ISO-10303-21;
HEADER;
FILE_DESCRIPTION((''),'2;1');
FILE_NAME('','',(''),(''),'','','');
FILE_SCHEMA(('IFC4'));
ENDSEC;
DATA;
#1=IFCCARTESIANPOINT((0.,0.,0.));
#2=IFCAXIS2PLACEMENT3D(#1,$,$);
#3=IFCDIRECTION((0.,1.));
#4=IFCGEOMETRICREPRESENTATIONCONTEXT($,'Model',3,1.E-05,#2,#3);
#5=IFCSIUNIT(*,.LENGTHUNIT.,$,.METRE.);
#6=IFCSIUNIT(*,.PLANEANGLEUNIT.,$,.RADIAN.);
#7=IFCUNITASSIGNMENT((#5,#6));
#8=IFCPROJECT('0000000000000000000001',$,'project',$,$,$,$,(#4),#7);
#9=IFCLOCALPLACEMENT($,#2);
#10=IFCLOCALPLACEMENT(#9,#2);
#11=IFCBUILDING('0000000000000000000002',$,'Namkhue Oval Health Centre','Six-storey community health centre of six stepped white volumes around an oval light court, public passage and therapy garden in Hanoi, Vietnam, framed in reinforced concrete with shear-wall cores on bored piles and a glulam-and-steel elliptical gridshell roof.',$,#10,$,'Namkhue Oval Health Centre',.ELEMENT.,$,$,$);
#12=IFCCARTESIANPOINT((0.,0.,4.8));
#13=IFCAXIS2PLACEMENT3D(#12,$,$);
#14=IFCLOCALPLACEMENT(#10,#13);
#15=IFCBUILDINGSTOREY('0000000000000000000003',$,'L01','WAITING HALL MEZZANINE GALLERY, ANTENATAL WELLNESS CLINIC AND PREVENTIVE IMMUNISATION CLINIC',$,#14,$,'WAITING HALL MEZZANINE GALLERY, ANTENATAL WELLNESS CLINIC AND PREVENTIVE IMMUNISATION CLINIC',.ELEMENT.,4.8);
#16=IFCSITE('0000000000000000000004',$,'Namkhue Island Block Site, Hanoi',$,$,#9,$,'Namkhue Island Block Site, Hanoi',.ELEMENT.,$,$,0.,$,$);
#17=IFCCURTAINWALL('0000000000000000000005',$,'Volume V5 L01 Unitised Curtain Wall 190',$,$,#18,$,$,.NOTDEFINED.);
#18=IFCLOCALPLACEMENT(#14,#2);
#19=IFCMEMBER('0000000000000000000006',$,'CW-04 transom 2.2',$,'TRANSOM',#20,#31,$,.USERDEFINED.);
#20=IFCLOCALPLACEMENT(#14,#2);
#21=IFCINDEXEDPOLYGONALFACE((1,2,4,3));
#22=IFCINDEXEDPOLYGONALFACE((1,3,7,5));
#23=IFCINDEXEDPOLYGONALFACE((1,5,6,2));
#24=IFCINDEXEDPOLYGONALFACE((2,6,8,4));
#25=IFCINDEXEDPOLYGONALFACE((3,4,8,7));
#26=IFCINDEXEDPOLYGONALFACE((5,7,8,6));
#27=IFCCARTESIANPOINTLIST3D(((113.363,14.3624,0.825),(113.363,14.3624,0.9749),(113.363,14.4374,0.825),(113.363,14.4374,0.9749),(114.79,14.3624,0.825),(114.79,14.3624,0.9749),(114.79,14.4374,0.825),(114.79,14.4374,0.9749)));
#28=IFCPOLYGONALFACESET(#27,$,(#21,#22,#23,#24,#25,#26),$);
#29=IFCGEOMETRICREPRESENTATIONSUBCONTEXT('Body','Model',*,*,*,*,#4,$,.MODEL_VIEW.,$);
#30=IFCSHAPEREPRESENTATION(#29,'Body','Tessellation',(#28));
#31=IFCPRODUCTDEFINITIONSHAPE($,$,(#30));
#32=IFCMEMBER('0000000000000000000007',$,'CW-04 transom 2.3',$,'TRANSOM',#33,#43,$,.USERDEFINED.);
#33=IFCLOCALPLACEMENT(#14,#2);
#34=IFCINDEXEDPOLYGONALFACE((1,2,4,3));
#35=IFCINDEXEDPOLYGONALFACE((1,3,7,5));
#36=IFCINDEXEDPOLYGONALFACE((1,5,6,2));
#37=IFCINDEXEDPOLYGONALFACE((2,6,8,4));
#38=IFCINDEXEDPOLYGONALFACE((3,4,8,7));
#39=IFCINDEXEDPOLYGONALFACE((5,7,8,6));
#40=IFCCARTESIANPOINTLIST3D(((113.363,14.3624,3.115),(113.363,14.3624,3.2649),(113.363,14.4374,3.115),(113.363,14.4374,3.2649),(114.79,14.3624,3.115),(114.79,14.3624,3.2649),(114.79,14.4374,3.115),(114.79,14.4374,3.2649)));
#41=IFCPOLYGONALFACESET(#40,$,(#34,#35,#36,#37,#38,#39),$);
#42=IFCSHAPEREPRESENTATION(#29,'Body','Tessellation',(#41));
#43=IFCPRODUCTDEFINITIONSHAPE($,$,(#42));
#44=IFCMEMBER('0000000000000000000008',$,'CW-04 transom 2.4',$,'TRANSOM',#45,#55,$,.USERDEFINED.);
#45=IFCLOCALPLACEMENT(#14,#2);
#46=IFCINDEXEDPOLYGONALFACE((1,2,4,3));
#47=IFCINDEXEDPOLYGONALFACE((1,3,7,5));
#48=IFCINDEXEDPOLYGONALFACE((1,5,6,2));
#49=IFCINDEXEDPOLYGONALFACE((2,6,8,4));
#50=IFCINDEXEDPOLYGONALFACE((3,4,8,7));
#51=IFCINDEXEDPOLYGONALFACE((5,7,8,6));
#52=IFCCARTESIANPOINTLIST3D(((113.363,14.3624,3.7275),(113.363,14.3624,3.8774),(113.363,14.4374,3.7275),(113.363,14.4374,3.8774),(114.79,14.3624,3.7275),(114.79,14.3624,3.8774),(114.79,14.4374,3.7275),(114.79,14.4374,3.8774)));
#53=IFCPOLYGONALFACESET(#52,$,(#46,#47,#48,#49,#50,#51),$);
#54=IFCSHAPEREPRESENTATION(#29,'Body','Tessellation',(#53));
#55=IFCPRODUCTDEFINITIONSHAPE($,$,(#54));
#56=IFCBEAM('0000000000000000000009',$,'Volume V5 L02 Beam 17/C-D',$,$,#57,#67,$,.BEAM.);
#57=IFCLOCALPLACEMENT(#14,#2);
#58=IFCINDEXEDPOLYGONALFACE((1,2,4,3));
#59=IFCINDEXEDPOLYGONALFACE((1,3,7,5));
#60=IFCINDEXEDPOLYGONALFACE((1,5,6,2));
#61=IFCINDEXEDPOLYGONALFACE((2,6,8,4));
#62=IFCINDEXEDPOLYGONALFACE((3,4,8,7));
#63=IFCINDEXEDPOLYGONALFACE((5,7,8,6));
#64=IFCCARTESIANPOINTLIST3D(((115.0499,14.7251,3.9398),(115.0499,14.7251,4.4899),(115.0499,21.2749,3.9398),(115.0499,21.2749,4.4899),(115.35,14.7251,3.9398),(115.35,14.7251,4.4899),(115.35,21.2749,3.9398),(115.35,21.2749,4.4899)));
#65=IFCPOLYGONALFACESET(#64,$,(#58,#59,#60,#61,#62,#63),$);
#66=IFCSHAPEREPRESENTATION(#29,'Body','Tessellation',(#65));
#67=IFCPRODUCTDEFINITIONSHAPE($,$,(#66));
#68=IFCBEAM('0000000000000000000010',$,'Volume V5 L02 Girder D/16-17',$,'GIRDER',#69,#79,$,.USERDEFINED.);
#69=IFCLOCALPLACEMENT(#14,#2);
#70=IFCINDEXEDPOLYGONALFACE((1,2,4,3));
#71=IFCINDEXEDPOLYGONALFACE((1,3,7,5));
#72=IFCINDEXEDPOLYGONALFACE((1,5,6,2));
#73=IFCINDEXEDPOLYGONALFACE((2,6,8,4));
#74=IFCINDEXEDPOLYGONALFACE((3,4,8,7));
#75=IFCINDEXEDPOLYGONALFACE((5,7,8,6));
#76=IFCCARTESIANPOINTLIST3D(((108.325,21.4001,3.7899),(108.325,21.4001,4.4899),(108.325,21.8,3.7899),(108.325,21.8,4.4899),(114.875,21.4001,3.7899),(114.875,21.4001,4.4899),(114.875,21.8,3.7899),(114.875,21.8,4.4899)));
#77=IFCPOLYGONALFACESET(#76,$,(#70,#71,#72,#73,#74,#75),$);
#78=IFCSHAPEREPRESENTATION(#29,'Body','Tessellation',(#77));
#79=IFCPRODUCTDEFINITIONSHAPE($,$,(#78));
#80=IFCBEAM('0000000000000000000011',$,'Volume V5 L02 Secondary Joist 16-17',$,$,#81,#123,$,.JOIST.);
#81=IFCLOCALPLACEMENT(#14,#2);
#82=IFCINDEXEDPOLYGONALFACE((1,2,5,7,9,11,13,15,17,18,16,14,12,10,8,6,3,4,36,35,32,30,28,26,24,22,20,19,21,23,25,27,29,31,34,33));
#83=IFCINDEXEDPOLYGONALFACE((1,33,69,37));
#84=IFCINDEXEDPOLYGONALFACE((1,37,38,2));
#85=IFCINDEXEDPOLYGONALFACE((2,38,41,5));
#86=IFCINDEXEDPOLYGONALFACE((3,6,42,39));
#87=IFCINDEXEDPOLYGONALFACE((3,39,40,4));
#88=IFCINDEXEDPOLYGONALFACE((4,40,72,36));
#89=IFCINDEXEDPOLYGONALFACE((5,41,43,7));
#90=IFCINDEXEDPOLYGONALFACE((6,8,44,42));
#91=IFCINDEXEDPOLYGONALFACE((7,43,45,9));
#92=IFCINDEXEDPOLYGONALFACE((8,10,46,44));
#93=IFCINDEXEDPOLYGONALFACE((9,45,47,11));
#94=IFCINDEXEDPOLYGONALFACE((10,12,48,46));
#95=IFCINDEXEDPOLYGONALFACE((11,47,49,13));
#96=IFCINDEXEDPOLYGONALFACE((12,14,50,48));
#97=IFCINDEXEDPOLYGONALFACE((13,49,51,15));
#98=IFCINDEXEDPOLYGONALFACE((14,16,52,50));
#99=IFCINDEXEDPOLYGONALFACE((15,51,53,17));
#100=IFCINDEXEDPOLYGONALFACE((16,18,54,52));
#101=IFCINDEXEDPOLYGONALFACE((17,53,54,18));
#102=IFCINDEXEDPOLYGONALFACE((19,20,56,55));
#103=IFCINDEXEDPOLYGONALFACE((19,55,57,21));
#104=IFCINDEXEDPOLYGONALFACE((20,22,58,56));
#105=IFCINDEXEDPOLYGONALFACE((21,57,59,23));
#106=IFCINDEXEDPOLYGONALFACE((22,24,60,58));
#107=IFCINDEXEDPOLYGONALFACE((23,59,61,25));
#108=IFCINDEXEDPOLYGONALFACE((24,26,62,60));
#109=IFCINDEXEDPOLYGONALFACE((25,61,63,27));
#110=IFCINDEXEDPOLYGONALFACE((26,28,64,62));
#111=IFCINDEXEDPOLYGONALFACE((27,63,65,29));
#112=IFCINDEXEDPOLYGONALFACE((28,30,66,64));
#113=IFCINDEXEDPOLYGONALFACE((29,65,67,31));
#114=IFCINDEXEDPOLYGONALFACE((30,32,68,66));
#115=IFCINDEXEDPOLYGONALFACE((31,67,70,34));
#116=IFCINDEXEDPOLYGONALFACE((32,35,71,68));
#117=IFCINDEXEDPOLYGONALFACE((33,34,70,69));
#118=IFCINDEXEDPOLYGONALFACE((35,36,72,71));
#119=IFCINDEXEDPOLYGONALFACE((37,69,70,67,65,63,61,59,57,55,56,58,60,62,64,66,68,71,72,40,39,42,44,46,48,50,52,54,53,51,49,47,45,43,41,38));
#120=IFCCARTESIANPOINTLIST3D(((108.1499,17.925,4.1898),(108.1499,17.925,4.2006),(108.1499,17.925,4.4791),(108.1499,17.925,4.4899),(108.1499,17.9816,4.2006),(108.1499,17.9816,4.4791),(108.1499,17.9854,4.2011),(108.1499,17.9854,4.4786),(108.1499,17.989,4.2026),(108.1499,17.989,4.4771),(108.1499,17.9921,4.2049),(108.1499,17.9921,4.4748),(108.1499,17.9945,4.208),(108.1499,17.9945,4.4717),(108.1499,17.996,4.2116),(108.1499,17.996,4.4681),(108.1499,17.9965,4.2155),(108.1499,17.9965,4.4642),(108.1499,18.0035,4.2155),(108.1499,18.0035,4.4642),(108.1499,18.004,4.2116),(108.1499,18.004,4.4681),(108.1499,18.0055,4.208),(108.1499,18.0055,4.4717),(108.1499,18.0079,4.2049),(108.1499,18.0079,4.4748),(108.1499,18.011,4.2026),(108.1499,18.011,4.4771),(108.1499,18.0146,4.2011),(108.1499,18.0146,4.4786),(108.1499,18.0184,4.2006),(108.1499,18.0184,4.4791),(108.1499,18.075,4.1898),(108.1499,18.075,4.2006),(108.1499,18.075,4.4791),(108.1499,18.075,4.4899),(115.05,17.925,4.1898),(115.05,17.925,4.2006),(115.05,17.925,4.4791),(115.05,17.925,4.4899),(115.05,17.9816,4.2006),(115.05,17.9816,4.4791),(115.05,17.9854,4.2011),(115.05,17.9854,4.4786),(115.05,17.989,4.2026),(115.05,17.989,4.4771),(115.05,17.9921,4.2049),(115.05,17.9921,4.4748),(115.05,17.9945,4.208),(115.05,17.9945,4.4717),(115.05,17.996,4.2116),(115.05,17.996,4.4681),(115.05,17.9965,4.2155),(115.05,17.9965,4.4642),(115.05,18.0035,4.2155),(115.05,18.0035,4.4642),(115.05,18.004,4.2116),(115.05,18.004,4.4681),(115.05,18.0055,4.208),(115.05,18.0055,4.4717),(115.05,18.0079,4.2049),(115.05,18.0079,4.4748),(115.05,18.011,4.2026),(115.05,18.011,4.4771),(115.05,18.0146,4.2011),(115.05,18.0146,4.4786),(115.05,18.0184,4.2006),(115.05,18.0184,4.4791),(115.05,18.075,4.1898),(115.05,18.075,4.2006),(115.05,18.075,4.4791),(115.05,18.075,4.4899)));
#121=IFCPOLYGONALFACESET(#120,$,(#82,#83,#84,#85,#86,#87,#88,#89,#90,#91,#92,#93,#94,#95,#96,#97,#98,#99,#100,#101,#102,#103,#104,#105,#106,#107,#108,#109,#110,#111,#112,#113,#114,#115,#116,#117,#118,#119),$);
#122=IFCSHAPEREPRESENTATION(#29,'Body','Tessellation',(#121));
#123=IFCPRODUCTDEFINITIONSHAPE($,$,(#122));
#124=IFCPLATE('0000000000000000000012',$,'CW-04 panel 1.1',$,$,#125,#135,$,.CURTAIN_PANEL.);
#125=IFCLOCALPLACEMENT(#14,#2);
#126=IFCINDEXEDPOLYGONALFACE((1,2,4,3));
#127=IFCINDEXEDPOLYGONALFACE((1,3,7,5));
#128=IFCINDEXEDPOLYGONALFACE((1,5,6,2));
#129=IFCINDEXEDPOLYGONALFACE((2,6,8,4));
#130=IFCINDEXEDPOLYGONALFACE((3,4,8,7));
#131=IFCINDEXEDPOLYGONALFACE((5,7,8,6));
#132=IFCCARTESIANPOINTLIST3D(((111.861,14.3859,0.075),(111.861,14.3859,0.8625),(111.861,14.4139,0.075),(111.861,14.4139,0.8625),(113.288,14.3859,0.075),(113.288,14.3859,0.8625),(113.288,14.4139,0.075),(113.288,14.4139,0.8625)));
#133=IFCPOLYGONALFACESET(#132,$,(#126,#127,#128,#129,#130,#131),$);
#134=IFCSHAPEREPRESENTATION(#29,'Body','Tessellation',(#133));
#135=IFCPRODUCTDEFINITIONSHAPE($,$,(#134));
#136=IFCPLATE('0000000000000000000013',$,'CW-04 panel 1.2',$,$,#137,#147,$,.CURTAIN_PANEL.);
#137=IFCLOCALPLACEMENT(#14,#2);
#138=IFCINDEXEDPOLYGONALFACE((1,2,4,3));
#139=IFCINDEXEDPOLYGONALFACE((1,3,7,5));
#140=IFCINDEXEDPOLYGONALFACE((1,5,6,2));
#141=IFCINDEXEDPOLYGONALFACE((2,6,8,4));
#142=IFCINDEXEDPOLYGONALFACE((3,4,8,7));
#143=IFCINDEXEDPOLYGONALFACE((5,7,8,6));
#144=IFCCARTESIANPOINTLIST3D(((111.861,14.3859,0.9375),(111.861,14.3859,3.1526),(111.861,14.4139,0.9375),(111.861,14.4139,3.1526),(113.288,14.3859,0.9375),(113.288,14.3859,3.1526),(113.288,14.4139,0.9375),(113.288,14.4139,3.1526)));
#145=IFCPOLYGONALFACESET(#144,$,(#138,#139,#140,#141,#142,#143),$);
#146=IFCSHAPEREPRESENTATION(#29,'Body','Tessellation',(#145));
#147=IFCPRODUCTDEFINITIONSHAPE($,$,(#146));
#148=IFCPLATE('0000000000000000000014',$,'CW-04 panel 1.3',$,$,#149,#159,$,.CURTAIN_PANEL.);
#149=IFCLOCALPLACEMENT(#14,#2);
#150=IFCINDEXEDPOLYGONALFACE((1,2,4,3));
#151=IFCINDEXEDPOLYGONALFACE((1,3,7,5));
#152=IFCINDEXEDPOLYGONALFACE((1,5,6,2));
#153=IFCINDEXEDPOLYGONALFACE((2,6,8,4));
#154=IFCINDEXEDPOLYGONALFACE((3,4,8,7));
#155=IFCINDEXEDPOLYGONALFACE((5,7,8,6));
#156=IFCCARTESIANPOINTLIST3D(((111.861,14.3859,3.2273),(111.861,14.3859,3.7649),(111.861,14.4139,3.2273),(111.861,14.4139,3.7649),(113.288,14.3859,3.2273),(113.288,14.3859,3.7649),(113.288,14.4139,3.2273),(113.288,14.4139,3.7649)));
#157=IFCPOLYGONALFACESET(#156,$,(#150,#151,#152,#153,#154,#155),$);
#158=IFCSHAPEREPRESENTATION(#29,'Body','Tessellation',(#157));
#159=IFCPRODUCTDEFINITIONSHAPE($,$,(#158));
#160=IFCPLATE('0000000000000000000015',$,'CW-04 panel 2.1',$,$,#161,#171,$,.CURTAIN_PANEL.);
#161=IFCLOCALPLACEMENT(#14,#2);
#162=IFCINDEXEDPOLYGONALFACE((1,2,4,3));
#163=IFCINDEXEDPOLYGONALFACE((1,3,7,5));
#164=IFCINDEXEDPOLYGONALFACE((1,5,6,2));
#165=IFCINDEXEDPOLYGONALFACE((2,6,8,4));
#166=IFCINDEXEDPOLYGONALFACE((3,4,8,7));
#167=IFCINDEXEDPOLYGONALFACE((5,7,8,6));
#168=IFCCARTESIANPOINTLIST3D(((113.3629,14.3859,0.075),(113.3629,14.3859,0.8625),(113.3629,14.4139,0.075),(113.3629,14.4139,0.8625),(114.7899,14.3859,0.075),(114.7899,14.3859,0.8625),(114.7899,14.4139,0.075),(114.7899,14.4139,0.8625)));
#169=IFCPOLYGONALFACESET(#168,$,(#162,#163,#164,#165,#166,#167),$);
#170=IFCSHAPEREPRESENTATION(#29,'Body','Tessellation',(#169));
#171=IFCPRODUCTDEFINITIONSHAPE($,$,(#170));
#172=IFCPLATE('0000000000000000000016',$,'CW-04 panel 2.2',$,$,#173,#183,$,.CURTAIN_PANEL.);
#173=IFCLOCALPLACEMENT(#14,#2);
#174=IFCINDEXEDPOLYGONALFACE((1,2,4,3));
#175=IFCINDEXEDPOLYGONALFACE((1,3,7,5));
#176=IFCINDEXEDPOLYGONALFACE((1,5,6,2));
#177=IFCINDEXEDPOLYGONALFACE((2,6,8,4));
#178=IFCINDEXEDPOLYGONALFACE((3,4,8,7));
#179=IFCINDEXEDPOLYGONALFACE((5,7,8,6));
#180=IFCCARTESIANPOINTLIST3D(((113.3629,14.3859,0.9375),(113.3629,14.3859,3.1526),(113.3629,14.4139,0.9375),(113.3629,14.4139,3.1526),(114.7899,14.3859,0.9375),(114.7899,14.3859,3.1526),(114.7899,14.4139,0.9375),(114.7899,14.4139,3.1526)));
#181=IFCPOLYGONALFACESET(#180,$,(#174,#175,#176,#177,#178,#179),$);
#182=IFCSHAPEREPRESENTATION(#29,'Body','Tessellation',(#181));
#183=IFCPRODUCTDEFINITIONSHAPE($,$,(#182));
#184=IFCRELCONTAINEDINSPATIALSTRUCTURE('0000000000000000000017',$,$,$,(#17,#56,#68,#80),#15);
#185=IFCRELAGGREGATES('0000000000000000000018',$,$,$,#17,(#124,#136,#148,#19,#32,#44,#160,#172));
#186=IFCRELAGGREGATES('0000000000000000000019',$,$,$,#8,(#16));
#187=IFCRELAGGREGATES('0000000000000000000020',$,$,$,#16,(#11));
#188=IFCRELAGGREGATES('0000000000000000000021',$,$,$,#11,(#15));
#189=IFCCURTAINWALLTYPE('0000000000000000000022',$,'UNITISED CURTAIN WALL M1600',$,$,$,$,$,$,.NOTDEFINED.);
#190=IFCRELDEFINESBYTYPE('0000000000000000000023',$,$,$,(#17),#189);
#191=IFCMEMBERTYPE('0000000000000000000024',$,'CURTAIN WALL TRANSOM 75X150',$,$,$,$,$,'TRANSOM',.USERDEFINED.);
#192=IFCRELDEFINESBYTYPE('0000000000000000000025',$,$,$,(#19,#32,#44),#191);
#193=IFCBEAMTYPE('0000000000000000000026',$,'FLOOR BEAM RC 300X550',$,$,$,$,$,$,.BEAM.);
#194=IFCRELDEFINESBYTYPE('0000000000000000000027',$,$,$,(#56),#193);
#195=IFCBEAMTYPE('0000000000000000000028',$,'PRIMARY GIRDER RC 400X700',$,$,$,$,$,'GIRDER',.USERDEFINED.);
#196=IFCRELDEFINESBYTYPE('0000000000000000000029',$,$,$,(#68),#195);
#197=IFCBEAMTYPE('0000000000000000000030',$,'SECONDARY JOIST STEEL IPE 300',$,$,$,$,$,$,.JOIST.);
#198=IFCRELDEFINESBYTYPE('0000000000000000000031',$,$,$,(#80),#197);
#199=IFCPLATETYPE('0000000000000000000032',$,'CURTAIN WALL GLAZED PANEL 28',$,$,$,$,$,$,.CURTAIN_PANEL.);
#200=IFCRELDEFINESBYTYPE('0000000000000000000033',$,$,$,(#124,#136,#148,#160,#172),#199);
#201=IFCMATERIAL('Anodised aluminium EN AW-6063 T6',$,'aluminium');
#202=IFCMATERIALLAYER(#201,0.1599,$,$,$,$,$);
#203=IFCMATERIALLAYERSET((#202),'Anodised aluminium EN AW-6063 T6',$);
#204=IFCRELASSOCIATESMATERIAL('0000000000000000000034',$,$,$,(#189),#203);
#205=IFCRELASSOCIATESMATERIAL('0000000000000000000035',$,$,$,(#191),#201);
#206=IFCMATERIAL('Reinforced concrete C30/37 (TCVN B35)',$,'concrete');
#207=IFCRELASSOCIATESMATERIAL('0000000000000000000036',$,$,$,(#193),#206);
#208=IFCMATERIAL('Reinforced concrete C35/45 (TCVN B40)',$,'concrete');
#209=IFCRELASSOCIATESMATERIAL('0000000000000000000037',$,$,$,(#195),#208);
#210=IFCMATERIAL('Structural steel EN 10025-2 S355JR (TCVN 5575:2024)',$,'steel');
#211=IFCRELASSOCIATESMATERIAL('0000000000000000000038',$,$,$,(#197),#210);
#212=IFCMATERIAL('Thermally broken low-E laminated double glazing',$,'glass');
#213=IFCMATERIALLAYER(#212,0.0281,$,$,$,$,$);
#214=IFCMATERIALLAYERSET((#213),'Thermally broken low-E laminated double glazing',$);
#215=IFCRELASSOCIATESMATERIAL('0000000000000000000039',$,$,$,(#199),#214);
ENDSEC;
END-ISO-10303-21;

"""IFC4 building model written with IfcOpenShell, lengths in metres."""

from ifc_helpers import new_model, si_unit, direction, frame, origin, origin_2d, place, context, subcontext, project, spatial, rectangle, i_section, extrude, material, layer, layer_set, material_profile, profile_set, type_object, element, aggregate, save


model = new_model("IFC4")

# Units and contexts
model_context = context("Model", 3, precision=1e-05, world=origin(), true_north=direction((0.0, 1.0)))
body_context = subcontext(model_context, "Body", "Model", "MODEL_VIEW")
ifc_project = project(units=[si_unit("LENGTHUNIT", "METRE"), si_unit("PLANEANGLEUNIT", "RADIAN")], contexts=[model_context])

# Site, building, storey
site_placement = place(None, origin())
site = spatial("IfcSite", under=ifc_project, at=site_placement, Name="Namkhue Island Block Site, Hanoi", LongName="Namkhue Island Block Site, Hanoi", CompositionType="ELEMENT", RefElevation=0.0)
building_placement = place(site_placement, origin())
building = spatial("IfcBuilding", under=site, at=building_placement, Name="Namkhue Oval Health Centre", Description="Six-storey community health centre of six stepped white volumes around an oval light court, public passage and therapy garden in Hanoi, Vietnam, framed in reinforced concrete with shear-wall cores on bored piles and a glulam-and-steel elliptical gridshell roof.", LongName="Namkhue Oval Health Centre", CompositionType="ELEMENT")
storey_placement = place(building_placement, frame((0.0, 0.0, 4.8)))
storey = spatial("IfcBuildingStorey", under=building, at=storey_placement, Name="L01", Description="WAITING HALL MEZZANINE GALLERY, ANTENATAL WELLNESS CLINIC AND PREVENTIVE IMMUNISATION CLINIC", LongName="WAITING HALL MEZZANINE GALLERY, ANTENATAL WELLNESS CLINIC AND PREVENTIVE IMMUNISATION CLINIC", CompositionType="ELEMENT", Elevation=4.8)

# Shared definitions
ifc_material_1 = material(Name="Reinforced concrete C35/45 (TCVN B40)", Category="concrete")

# Curtain wall, members
ifc_material_2 = material(Name="Anodised aluminium EN AW-6063 T6", Category="aluminium")
ifc_layer_1 = layer(ifc_material_2, 0.1599)
ifc_layer_set_1 = layer_set([ifc_layer_1], Name="Anodised aluminium EN AW-6063 T6")
curtain_wall_type = type_object("IfcCurtainWallType", Name="UNITISED CURTAIN WALL M1600", PredefinedType="NOTDEFINED", material=ifc_layer_set_1)
curtain_wall_placement = place(storey_placement, origin())
curtain_wall = element("IfcCurtainWall", 1, at=curtain_wall_placement, inside=storey, type_object=curtain_wall_type, Name="Volume V5 L01 Unitised Curtain Wall 190", PredefinedType="NOTDEFINED")
ifc_material_profile_1 = material_profile(ifc_material_2, rectangle(XDim=0.075, YDim=0.1499, at=origin_2d()), Name="ALU 75x150")
ifc_profile_set_1 = profile_set([ifc_material_profile_1], Name="Anodised aluminium EN AW-6063 T6")
member_type_1 = type_object("IfcMemberType", Name="CURTAIN WALL TRANSOM 75X150", ElementType="TRANSOM", PredefinedType="USERDEFINED", material=ifc_profile_set_1)
member_1_placement = place(storey_placement, frame((113.363, 14.3999, 0.8999), z_axis=(1.0, 0.0, 0.0), x_axis=(0.0, 1.0, 0.0)))
member_1 = element("IfcMember", 2, at=member_1_placement, type_object=member_type_1, Name="CW-04 transom 2.2", ObjectType="TRANSOM", PredefinedType="USERDEFINED", context=body_context, shape_type="SweptSolid", body=[
    extrude(rectangle(XDim=0.075, YDim=0.1499, at=origin_2d()), origin(), (0.0, 0.0, 1.0), 1.427),
])
member_2_placement = place(storey_placement, frame((113.363, 14.3999, 3.1899), z_axis=(1.0, 0.0, 0.0), x_axis=(0.0, 1.0, 0.0)))
member_2 = element("IfcMember", 3, at=member_2_placement, type_object=member_type_1, Name="CW-04 transom 2.3", ObjectType="TRANSOM", PredefinedType="USERDEFINED", context=body_context, shape_type="SweptSolid", body=[
    extrude(rectangle(XDim=0.075, YDim=0.1499, at=origin_2d()), origin(), (0.0, 0.0, 1.0), 1.427),
])
member_3_placement = place(storey_placement, frame((113.363, 14.3999, 3.8025), z_axis=(1.0, 0.0, 0.0), x_axis=(0.0, 1.0, 0.0)))
member_3 = element("IfcMember", 4, at=member_3_placement, type_object=member_type_1, Name="CW-04 transom 2.4", ObjectType="TRANSOM", PredefinedType="USERDEFINED", context=body_context, shape_type="SweptSolid", body=[
    extrude(rectangle(XDim=0.075, YDim=0.1499, at=origin_2d()), origin(), (0.0, 0.0, 1.0), 1.427),
])

# Beams
ifc_material_3 = material(Name="Reinforced concrete C30/37 (TCVN B35)", Category="concrete")
ifc_material_profile_2 = material_profile(ifc_material_3, rectangle(XDim=0.3, YDim=0.55, at=origin_2d()), Name="RC 300x550")
ifc_profile_set_2 = profile_set([ifc_material_profile_2], Name="Reinforced concrete C30/37 (TCVN B35)")
beam_type_1 = type_object("IfcBeamType", Name="FLOOR BEAM RC 300X550", PredefinedType="BEAM", material=ifc_profile_set_2)
beam_1_placement = place(storey_placement, frame((115.2, 14.7251, 4.2148), z_axis=(0.0, 1.0, 0.0), x_axis=(-1.0, 0.0, 0.0)))
element("IfcBeam", 5, at=beam_1_placement, inside=storey, type_object=beam_type_1, Name="Volume V5 L02 Beam 17/C-D", PredefinedType="BEAM", context=body_context, shape_type="SweptSolid", body=[
    extrude(rectangle(XDim=0.3, YDim=0.55, at=origin_2d()), origin(), (0.0, 0.0, 1.0), 6.5498),
])
ifc_material_profile_3 = material_profile(ifc_material_1, rectangle(XDim=0.3999, YDim=0.7, at=origin_2d()), Name="RC 400x700")
ifc_profile_set_3 = profile_set([ifc_material_profile_3], Name="Reinforced concrete C35/45 (TCVN B40)")
beam_type_2 = type_object("IfcBeamType", Name="PRIMARY GIRDER RC 400X700", ElementType="GIRDER", PredefinedType="USERDEFINED", material=ifc_profile_set_3)
beam_2_placement = place(storey_placement, frame((108.325, 21.6001, 4.1399), z_axis=(1.0, 0.0, 0.0), x_axis=(0.0, 1.0, 0.0)))
element("IfcBeam", 6, at=beam_2_placement, inside=storey, type_object=beam_type_2, Name="Volume V5 L02 Girder D/16-17", ObjectType="GIRDER", PredefinedType="USERDEFINED", context=body_context, shape_type="SweptSolid", body=[
    extrude(rectangle(XDim=0.3999, YDim=0.7, at=origin_2d()), origin(), (0.0, 0.0, 1.0), 6.55),
])
ifc_material_4 = material(Name="Structural steel EN 10025-2 S355JR (TCVN 5575:2024)", Category="steel")
ifc_material_profile_4 = material_profile(ifc_material_4, i_section(OverallWidth=0.1499, OverallDepth=0.3, WebThickness=0.0071, FlangeThickness=0.0107, FilletRadius=0.0149, at=origin_2d()), Name="IPE 300")
ifc_profile_set_4 = profile_set([ifc_material_profile_4], Name="Structural steel EN 10025-2 S355JR (TCVN 5575:2024)")
beam_type_3 = type_object("IfcBeamType", Name="SECONDARY JOIST STEEL IPE 300", PredefinedType="JOIST", material=ifc_profile_set_4)
beam_3_placement = place(storey_placement, frame((108.1499, 18.0, 4.3398), z_axis=(1.0, 0.0, 0.0), x_axis=(0.0, 1.0, 0.0)))
element("IfcBeam", 7, at=beam_3_placement, inside=storey, type_object=beam_type_3, Name="Volume V5 L02 Secondary Joist 16-17", PredefinedType="JOIST", context=body_context, shape_type="SweptSolid", body=[
    extrude(i_section(OverallWidth=0.1499, OverallDepth=0.3, WebThickness=0.0071, FlangeThickness=0.0107, FilletRadius=0.0149, at=origin_2d()), origin(), (0.0, 0.0, 1.0), 6.9001),
])

# Plates
ifc_material_5 = material(Name="Thermally broken low-E laminated double glazing", Category="glass")
ifc_layer_2 = layer(ifc_material_5, 0.0281)
ifc_layer_set_2 = layer_set([ifc_layer_2], Name="Thermally broken low-E laminated double glazing")
plate_type = type_object("IfcPlateType", Name="CURTAIN WALL GLAZED PANEL 28", PredefinedType="CURTAIN_PANEL", material=ifc_layer_set_2)
plate_1_placement = place(storey_placement, frame((112.5745, 14.3999, 0.075), z_axis=(0.0, 0.0, 1.0), x_axis=(1.0, 0.0, 0.0)))
plate_1 = element("IfcPlate", 8, at=plate_1_placement, type_object=plate_type, Name="CW-04 panel 1.1", PredefinedType="CURTAIN_PANEL", context=body_context, shape_type="SweptSolid", body=[
    extrude(rectangle(XDim=1.427, YDim=0.0281, at=origin_2d()), origin(), (0.0, 0.0, 1.0), 0.7876),
])
plate_2_placement = place(storey_placement, frame((112.5745, 14.3999, 0.9375), z_axis=(0.0, 0.0, 1.0), x_axis=(1.0, 0.0, 0.0)))
plate_2 = element("IfcPlate", 9, at=plate_2_placement, type_object=plate_type, Name="CW-04 panel 1.2", PredefinedType="CURTAIN_PANEL", context=body_context, shape_type="SweptSolid", body=[
    extrude(rectangle(XDim=1.427, YDim=0.0281, at=origin_2d()), origin(), (0.0, 0.0, 1.0), 2.2151),
])
plate_3_placement = place(storey_placement, frame((112.5745, 14.3999, 3.2273), z_axis=(0.0, 0.0, 1.0), x_axis=(1.0, 0.0, 0.0)))
plate_3 = element("IfcPlate", 10, at=plate_3_placement, type_object=plate_type, Name="CW-04 panel 1.3", PredefinedType="CURTAIN_PANEL", context=body_context, shape_type="SweptSolid", body=[
    extrude(rectangle(XDim=1.427, YDim=0.0281, at=origin_2d()), origin(), (0.0, 0.0, 1.0), 0.5376),
])
plate_4_placement = place(storey_placement, frame((114.0764, 14.3999, 0.075), z_axis=(0.0, 0.0, 1.0), x_axis=(1.0, 0.0, 0.0)))
plate_4 = element("IfcPlate", 11, at=plate_4_placement, type_object=plate_type, Name="CW-04 panel 2.1", PredefinedType="CURTAIN_PANEL", context=body_context, shape_type="SweptSolid", body=[
    extrude(rectangle(XDim=1.427, YDim=0.0281, at=origin_2d()), origin(), (0.0, 0.0, 1.0), 0.7876),
])
plate_5_placement = place(storey_placement, frame((114.0764, 14.3999, 0.9375), z_axis=(0.0, 0.0, 1.0), x_axis=(1.0, 0.0, 0.0)))
plate_5 = element("IfcPlate", 12, at=plate_5_placement, type_object=plate_type, Name="CW-04 panel 2.2", PredefinedType="CURTAIN_PANEL", context=body_context, shape_type="SweptSolid", body=[
    extrude(rectangle(XDim=1.427, YDim=0.0281, at=origin_2d()), origin(), (0.0, 0.0, 1.0), 2.2151),
])
aggregate(curtain_wall, [plate_1, plate_2, plate_3, member_1, member_2, member_3, plate_4, plate_5])

save(model, "model.ifc")
